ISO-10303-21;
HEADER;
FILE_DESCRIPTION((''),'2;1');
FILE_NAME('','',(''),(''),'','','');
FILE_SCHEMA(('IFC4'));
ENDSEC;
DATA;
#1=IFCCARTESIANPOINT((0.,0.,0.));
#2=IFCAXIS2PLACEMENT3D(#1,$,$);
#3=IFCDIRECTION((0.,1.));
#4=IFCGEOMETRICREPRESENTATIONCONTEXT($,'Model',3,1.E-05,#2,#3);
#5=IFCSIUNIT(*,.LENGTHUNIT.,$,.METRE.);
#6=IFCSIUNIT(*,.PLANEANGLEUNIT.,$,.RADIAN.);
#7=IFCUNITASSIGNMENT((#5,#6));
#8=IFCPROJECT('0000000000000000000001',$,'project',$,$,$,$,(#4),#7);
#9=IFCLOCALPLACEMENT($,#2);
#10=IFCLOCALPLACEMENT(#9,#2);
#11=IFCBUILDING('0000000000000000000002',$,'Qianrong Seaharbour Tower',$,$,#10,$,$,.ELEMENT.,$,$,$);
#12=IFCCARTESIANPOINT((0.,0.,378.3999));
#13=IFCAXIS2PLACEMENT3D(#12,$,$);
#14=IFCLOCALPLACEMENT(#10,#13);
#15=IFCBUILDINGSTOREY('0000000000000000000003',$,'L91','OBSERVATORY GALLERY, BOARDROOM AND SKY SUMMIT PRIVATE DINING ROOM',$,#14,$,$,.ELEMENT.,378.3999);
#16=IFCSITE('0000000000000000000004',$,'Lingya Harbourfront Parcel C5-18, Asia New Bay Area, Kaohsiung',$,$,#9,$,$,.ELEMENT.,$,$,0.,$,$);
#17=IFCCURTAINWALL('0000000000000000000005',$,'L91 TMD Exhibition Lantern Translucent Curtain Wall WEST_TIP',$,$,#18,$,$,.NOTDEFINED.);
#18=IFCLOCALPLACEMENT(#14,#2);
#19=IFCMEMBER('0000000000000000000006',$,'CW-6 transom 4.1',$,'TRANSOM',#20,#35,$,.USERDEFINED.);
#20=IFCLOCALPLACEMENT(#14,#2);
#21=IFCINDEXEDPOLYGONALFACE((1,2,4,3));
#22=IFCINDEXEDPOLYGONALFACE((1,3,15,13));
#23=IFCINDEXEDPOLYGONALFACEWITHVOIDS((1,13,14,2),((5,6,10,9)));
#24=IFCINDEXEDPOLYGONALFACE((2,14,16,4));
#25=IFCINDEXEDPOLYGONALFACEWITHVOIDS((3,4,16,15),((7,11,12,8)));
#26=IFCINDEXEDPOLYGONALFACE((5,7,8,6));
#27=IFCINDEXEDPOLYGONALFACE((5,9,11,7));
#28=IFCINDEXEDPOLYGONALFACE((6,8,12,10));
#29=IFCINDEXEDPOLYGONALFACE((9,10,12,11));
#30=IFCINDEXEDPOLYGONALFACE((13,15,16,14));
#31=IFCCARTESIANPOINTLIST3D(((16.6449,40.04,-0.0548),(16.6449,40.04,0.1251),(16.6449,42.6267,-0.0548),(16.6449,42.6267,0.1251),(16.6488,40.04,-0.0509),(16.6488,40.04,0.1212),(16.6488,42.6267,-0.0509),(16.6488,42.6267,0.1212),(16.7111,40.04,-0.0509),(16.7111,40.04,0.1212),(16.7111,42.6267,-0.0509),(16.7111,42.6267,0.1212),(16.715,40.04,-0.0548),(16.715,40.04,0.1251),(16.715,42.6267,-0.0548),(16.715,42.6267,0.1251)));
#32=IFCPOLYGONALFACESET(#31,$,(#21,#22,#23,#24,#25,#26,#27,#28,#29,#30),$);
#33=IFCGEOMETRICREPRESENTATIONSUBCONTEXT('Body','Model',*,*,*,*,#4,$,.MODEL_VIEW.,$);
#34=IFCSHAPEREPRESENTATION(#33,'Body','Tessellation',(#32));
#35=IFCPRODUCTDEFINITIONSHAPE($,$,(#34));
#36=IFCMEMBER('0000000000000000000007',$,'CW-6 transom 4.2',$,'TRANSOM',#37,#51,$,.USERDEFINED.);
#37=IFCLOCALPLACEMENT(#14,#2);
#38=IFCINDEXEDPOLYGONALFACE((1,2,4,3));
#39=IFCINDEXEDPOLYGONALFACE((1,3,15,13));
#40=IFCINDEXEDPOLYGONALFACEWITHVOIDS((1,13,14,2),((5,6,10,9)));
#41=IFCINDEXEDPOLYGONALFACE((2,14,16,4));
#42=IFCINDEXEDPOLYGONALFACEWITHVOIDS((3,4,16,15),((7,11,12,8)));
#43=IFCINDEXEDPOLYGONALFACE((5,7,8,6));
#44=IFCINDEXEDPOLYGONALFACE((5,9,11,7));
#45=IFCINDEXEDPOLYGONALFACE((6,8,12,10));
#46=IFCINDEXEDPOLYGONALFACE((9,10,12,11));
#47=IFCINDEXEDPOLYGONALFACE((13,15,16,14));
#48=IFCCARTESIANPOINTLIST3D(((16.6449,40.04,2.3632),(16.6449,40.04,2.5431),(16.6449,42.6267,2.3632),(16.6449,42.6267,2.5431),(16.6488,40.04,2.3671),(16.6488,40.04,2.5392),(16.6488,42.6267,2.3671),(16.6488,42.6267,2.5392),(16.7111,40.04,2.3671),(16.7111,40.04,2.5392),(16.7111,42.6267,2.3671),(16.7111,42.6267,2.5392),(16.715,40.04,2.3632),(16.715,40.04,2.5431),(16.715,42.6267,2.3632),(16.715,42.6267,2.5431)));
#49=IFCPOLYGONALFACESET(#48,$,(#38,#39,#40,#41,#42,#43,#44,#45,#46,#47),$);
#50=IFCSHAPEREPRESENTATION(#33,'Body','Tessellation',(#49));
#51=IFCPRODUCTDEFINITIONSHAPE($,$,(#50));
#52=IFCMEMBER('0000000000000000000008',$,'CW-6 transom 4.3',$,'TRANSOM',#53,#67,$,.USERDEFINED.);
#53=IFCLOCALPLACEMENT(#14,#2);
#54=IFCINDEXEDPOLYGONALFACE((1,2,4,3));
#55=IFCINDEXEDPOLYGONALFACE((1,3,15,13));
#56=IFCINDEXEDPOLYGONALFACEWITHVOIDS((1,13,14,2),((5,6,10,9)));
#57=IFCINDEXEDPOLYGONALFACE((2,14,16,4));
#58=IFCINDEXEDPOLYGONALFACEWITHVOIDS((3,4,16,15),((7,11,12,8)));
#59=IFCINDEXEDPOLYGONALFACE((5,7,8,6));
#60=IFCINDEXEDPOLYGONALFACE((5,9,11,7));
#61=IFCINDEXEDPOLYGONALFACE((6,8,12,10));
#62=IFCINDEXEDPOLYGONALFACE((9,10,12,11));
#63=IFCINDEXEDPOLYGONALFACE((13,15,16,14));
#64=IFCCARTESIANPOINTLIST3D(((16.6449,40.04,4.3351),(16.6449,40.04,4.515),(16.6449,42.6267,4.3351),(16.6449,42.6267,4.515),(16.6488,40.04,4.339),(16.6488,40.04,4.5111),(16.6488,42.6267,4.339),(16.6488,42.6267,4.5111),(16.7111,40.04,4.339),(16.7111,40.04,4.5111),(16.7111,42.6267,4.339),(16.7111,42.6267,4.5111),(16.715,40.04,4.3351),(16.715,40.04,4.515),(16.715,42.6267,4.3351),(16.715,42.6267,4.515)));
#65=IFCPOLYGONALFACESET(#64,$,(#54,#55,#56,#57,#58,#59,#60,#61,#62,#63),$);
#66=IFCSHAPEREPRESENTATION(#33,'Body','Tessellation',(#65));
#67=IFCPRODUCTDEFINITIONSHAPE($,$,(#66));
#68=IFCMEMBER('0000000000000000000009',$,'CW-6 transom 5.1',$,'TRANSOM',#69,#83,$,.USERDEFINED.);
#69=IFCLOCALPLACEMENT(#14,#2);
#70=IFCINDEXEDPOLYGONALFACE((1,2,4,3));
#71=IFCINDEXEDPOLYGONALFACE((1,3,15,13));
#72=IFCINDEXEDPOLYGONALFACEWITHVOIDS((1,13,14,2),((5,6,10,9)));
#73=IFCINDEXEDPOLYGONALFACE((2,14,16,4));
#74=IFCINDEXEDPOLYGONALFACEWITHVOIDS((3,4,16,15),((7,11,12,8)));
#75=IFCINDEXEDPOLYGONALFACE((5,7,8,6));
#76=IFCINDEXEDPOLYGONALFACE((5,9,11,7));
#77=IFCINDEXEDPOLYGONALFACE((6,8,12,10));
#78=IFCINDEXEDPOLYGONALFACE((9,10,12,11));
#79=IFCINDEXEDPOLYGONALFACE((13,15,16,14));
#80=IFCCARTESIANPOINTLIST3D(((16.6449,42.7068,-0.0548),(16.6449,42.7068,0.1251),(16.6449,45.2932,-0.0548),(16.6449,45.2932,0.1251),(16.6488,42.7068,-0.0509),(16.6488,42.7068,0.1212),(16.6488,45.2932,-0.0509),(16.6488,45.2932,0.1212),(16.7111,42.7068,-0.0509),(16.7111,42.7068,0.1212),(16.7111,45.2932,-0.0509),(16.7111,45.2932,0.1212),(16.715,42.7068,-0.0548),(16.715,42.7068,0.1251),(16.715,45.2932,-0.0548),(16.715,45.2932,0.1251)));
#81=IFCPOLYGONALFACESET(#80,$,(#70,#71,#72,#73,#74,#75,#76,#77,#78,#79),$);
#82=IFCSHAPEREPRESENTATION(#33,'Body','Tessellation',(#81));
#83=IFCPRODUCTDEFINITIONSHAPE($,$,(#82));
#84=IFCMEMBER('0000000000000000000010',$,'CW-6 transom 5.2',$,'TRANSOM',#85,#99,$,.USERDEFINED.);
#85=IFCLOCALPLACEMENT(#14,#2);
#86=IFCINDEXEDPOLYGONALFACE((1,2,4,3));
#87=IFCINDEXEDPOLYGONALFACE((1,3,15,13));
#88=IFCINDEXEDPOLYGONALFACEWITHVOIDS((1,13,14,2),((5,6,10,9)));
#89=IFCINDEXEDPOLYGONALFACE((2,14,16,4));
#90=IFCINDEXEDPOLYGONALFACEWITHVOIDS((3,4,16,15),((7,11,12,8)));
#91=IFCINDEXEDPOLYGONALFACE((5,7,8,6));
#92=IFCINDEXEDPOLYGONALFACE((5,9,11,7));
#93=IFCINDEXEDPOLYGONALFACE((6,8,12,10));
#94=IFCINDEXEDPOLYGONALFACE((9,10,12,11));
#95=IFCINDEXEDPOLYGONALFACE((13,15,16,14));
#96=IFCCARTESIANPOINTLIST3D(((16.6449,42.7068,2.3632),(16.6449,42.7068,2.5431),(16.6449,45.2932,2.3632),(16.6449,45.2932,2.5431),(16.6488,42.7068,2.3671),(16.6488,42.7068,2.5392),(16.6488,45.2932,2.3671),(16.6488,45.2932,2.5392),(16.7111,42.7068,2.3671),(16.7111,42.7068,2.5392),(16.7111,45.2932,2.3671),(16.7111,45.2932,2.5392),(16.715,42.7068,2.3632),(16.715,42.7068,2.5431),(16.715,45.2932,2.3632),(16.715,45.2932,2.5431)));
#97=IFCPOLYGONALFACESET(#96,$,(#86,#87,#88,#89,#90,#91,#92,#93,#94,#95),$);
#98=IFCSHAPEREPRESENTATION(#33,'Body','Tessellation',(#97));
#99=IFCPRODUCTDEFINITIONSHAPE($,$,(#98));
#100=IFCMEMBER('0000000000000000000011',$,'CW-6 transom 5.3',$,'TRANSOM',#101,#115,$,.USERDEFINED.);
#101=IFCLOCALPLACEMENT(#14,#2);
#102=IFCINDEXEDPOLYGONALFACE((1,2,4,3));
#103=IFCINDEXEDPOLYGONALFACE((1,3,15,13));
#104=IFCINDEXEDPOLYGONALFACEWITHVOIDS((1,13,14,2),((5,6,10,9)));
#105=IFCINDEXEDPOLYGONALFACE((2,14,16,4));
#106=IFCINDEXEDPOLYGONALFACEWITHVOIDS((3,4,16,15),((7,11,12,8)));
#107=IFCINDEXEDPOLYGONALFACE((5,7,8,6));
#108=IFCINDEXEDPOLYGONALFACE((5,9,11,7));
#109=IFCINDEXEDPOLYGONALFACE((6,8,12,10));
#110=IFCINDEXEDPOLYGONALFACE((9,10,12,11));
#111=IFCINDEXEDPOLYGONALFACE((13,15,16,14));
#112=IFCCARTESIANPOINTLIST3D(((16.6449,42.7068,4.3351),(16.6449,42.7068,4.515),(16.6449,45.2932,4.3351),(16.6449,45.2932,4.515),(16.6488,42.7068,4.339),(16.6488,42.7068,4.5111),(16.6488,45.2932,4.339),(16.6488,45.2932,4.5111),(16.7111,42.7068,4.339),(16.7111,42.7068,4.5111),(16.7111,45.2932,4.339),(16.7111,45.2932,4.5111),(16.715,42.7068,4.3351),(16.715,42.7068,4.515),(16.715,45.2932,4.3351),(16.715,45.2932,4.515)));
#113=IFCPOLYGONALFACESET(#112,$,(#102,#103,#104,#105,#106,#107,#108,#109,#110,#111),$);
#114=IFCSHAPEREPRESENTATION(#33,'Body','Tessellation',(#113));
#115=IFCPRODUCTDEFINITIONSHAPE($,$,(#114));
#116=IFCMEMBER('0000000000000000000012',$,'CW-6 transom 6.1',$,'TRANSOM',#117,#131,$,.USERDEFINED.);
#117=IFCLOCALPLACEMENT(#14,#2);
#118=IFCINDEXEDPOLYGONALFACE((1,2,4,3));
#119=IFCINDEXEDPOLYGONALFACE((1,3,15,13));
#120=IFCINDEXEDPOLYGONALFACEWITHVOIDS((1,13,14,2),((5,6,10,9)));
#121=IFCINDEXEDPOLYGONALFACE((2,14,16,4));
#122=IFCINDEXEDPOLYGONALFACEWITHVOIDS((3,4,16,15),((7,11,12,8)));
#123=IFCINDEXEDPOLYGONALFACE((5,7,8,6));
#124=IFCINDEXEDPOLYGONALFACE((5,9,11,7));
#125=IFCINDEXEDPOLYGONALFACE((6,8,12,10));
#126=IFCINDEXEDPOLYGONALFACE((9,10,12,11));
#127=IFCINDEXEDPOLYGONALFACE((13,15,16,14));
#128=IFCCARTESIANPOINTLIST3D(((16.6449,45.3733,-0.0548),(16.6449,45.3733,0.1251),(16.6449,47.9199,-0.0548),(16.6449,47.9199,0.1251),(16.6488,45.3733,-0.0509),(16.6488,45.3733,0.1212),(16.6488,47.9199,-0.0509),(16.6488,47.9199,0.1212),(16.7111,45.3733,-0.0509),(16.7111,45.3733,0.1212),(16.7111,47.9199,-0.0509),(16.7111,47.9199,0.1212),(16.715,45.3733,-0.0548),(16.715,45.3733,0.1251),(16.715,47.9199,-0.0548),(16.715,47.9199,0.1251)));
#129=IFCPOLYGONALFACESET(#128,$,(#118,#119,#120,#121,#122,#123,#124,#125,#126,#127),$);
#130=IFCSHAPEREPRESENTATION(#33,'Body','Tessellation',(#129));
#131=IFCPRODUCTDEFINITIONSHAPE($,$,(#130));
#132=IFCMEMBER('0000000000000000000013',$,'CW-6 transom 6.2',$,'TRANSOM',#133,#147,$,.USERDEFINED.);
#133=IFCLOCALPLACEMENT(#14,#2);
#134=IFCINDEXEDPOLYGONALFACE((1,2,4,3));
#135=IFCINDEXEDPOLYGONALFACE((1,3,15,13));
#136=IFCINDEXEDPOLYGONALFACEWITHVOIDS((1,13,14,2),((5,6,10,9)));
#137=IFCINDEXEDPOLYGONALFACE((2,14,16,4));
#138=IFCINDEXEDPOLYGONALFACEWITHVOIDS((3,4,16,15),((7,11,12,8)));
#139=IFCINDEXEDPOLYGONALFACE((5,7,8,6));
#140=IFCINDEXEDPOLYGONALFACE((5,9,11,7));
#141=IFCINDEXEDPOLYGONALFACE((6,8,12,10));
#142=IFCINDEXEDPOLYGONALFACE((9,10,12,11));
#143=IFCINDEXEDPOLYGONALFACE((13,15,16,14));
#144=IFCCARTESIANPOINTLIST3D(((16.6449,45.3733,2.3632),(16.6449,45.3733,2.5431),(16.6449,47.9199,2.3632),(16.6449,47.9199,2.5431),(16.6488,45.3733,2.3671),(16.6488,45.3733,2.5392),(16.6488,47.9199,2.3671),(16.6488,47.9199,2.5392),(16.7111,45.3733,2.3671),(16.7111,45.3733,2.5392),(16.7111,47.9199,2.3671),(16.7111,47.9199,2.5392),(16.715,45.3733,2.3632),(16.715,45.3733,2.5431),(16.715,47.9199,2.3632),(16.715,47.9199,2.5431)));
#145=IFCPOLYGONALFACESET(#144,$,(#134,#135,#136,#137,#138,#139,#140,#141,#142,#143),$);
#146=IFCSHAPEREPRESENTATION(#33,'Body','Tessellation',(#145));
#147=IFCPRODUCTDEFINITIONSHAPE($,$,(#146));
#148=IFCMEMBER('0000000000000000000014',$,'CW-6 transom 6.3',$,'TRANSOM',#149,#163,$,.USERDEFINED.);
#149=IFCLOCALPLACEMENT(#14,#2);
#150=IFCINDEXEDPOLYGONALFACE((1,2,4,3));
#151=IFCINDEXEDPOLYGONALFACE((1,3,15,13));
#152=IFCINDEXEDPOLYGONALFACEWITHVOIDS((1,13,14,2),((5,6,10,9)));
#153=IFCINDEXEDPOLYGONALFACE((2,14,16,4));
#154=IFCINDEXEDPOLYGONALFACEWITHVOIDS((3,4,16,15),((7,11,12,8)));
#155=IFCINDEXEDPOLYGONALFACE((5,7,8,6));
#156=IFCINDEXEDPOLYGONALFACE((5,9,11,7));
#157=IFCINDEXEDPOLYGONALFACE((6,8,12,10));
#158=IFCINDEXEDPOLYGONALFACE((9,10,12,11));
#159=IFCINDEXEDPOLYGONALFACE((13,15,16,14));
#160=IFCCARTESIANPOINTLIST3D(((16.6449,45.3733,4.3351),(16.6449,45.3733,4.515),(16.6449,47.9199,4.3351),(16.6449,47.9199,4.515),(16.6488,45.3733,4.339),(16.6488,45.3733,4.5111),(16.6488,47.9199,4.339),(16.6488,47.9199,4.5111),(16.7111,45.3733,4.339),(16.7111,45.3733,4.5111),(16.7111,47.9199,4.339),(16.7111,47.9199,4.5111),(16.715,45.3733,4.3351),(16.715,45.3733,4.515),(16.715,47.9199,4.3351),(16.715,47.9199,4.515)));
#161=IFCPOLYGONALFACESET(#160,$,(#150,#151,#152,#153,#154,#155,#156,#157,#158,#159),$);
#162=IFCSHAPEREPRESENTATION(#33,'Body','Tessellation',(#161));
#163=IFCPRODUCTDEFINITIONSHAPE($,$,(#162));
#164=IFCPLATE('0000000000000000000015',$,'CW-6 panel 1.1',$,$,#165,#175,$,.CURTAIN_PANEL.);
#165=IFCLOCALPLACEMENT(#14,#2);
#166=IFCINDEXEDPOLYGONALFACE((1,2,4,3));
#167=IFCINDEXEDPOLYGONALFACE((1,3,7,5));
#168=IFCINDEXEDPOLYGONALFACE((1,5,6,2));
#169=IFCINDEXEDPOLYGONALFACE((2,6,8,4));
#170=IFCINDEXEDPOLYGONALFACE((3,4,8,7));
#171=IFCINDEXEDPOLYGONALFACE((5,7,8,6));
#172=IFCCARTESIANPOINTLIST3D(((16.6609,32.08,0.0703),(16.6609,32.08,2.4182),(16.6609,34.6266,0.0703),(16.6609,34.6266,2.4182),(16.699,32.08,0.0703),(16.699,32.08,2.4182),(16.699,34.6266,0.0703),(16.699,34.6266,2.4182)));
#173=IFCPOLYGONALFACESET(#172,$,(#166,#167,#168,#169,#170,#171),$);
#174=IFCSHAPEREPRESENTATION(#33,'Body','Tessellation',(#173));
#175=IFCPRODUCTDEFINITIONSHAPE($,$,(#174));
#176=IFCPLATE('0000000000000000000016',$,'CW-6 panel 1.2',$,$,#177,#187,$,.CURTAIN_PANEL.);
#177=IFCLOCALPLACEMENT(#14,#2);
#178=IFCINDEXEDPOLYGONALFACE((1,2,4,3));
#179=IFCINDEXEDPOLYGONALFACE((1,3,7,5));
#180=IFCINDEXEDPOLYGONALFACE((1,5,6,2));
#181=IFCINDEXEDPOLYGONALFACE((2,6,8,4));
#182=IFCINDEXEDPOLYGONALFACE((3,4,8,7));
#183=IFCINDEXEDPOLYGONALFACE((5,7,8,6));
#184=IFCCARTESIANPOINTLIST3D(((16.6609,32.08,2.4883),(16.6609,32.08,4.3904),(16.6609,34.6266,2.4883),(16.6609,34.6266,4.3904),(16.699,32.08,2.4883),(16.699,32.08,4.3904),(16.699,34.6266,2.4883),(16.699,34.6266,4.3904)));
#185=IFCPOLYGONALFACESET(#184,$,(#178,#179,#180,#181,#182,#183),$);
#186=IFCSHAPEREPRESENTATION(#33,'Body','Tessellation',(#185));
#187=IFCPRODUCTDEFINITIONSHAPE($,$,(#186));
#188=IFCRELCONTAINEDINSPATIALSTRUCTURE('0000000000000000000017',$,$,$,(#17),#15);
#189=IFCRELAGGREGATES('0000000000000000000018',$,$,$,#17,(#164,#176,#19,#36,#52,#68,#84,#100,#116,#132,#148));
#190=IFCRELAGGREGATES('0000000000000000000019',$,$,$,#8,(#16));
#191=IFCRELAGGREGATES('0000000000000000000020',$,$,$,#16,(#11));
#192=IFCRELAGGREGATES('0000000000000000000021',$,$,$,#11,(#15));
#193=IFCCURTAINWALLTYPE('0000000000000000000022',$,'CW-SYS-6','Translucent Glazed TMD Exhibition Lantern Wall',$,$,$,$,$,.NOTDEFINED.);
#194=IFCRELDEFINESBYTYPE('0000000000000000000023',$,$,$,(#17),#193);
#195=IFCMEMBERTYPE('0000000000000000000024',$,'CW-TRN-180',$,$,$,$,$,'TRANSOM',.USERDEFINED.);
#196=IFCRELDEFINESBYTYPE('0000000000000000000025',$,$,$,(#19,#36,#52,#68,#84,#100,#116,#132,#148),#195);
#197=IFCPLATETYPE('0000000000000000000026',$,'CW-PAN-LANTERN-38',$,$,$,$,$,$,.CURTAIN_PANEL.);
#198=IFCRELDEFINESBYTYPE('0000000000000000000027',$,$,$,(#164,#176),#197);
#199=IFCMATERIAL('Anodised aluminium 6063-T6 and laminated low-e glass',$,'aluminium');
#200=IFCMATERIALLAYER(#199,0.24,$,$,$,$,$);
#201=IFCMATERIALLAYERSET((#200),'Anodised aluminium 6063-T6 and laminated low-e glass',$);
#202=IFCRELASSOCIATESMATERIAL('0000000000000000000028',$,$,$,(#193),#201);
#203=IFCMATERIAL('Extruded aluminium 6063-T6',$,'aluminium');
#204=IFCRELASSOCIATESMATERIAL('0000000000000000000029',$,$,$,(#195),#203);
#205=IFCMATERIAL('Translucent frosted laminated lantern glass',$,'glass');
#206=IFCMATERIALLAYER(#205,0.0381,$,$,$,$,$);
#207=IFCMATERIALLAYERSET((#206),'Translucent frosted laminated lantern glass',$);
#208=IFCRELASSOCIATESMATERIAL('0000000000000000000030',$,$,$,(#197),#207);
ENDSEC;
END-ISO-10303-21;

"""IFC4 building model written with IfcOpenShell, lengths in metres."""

from ifc_helpers import new_model, si_unit, direction, frame, origin, origin_2d, place, context, subcontext, project, spatial, rectangle, hollow_rectangle, extrude, material, layer, layer_set, material_profile, profile_set, type_object, element, aggregate, save


model = new_model("IFC4")

# Units and contexts
model_context = context("Model", 3, precision=1e-05, world=origin(), true_north=direction((0.0, 1.0)))
body_context = subcontext(model_context, "Body", "Model", "MODEL_VIEW")
ifc_project = project(units=[si_unit("LENGTHUNIT", "METRE"), si_unit("PLANEANGLEUNIT", "RADIAN")], contexts=[model_context])

# Site, building, storey
site_placement = place(None, origin())
site = spatial("IfcSite", under=ifc_project, at=site_placement, Name="Lingya Harbourfront Parcel C5-18, Asia New Bay Area, Kaohsiung", CompositionType="ELEMENT", RefElevation=0.0)
building_placement = place(site_placement, origin())
building = spatial("IfcBuilding", under=site, at=building_placement, Name="Qianrong Seaharbour Tower", CompositionType="ELEMENT")
storey_placement = place(building_placement, frame((0.0, 0.0, 378.3999)))
storey = spatial("IfcBuildingStorey", under=building, at=storey_placement, Name="L91", Description="OBSERVATORY GALLERY, BOARDROOM AND SKY SUMMIT PRIVATE DINING ROOM", CompositionType="ELEMENT", Elevation=378.3999)

# Curtain wall, members, plates
ifc_material_1 = material(Name="Anodised aluminium 6063-T6 and laminated low-e glass", Category="aluminium")
ifc_layer_1 = layer(ifc_material_1, 0.24)
ifc_layer_set_1 = layer_set([ifc_layer_1], Name="Anodised aluminium 6063-T6 and laminated low-e glass")
curtain_wall_type = type_object("IfcCurtainWallType", Name="CW-SYS-6", Description="Translucent Glazed TMD Exhibition Lantern Wall", PredefinedType="NOTDEFINED", material=ifc_layer_set_1)
curtain_wall_placement = place(storey_placement, origin())
curtain_wall = element("IfcCurtainWall", 1, at=curtain_wall_placement, inside=storey, type_object=curtain_wall_type, Name="L91 TMD Exhibition Lantern Translucent Curtain Wall WEST_TIP", PredefinedType="NOTDEFINED")
ifc_material_2 = material(Name="Extruded aluminium 6063-T6", Category="aluminium")
ifc_material_profile_1 = material_profile(ifc_material_2, hollow_rectangle(XDim=0.0701, YDim=0.1799, WallThickness=0.0039, at=origin_2d()), Name="ALU-TRN-180x70x4")
ifc_profile_set_1 = profile_set([ifc_material_profile_1], Name="Extruded aluminium 6063-T6")
member_type_1 = type_object("IfcMemberType", Name="CW-TRN-180", ElementType="TRANSOM", PredefinedType="USERDEFINED", material=ifc_profile_set_1)
member_1_placement = place(storey_placement, frame((16.6799, 40.04, 0.0352), z_axis=(0.0, 1.0, 0.0), x_axis=(-1.0, 0.0, 0.0)))
member_1 = element("IfcMember", 2, at=member_1_placement, type_object=member_type_1, Name="CW-6 transom 4.1", ObjectType="TRANSOM", PredefinedType="USERDEFINED", context=body_context, shape_type="SweptSolid", body=[
    extrude(hollow_rectangle(XDim=0.0701, YDim=0.1799, WallThickness=0.0039, at=origin_2d()), origin(), (0.0, 0.0, 1.0), 2.5867),
])
member_2_placement = place(storey_placement, frame((16.6799, 40.04, 2.4531), z_axis=(0.0, 1.0, 0.0), x_axis=(-1.0, 0.0, 0.0)))
member_2 = element("IfcMember", 3, at=member_2_placement, type_object=member_type_1, Name="CW-6 transom 4.2", ObjectType="TRANSOM", PredefinedType="USERDEFINED", context=body_context, shape_type="SweptSolid", body=[
    extrude(hollow_rectangle(XDim=0.0701, YDim=0.1799, WallThickness=0.0039, at=origin_2d()), origin(), (0.0, 0.0, 1.0), 2.5867),
])
member_3_placement = place(storey_placement, frame((16.6799, 40.04, 4.425), z_axis=(0.0, 1.0, 0.0), x_axis=(-1.0, 0.0, 0.0)))
member_3 = element("IfcMember", 4, at=member_3_placement, type_object=member_type_1, Name="CW-6 transom 4.3", ObjectType="TRANSOM", PredefinedType="USERDEFINED", context=body_context, shape_type="SweptSolid", body=[
    extrude(hollow_rectangle(XDim=0.0701, YDim=0.1799, WallThickness=0.0039, at=origin_2d()), origin(), (0.0, 0.0, 1.0), 2.5867),
])
member_4_placement = place(storey_placement, frame((16.6799, 42.7068, 0.0352), z_axis=(0.0, 1.0, 0.0), x_axis=(-1.0, 0.0, 0.0)))
member_4 = element("IfcMember", 5, at=member_4_placement, type_object=member_type_1, Name="CW-6 transom 5.1", ObjectType="TRANSOM", PredefinedType="USERDEFINED", context=body_context, shape_type="SweptSolid", body=[
    extrude(hollow_rectangle(XDim=0.0701, YDim=0.1799, WallThickness=0.0039, at=origin_2d()), origin(), (0.0, 0.0, 1.0), 2.5864),
])
member_5_placement = place(storey_placement, frame((16.6799, 42.7068, 2.4531), z_axis=(0.0, 1.0, 0.0), x_axis=(-1.0, 0.0, 0.0)))
member_5 = element("IfcMember", 6, at=member_5_placement, type_object=member_type_1, Name="CW-6 transom 5.2", ObjectType="TRANSOM", PredefinedType="USERDEFINED", context=body_context, shape_type="SweptSolid", body=[
    extrude(hollow_rectangle(XDim=0.0701, YDim=0.1799, WallThickness=0.0039, at=origin_2d()), origin(), (0.0, 0.0, 1.0), 2.5864),
])
member_6_placement = place(storey_placement, frame((16.6799, 42.7068, 4.425), z_axis=(0.0, 1.0, 0.0), x_axis=(-1.0, 0.0, 0.0)))
member_6 = element("IfcMember", 7, at=member_6_placement, type_object=member_type_1, Name="CW-6 transom 5.3", ObjectType="TRANSOM", PredefinedType="USERDEFINED", context=body_context, shape_type="SweptSolid", body=[
    extrude(hollow_rectangle(XDim=0.0701, YDim=0.1799, WallThickness=0.0039, at=origin_2d()), origin(), (0.0, 0.0, 1.0), 2.5864),
])
member_7_placement = place(storey_placement, frame((16.6799, 45.3733, 0.0352), z_axis=(0.0, 1.0, 0.0), x_axis=(-1.0, 0.0, 0.0)))
member_7 = element("IfcMember", 8, at=member_7_placement, type_object=member_type_1, Name="CW-6 transom 6.1", ObjectType="TRANSOM", PredefinedType="USERDEFINED", context=body_context, shape_type="SweptSolid", body=[
    extrude(hollow_rectangle(XDim=0.0701, YDim=0.1799, WallThickness=0.0039, at=origin_2d()), origin(), (0.0, 0.0, 1.0), 2.5466),
])
member_8_placement = place(storey_placement, frame((16.6799, 45.3733, 2.4531), z_axis=(0.0, 1.0, 0.0), x_axis=(-1.0, 0.0, 0.0)))
member_8 = element("IfcMember", 9, at=member_8_placement, type_object=member_type_1, Name="CW-6 transom 6.2", ObjectType="TRANSOM", PredefinedType="USERDEFINED", context=body_context, shape_type="SweptSolid", body=[
    extrude(hollow_rectangle(XDim=0.0701, YDim=0.1799, WallThickness=0.0039, at=origin_2d()), origin(), (0.0, 0.0, 1.0), 2.5466),
])
member_9_placement = place(storey_placement, frame((16.6799, 45.3733, 4.425), z_axis=(0.0, 1.0, 0.0), x_axis=(-1.0, 0.0, 0.0)))
member_9 = element("IfcMember", 10, at=member_9_placement, type_object=member_type_1, Name="CW-6 transom 6.3", ObjectType="TRANSOM", PredefinedType="USERDEFINED", context=body_context, shape_type="SweptSolid", body=[
    extrude(hollow_rectangle(XDim=0.0701, YDim=0.1799, WallThickness=0.0039, at=origin_2d()), origin(), (0.0, 0.0, 1.0), 2.5466),
])
ifc_material_3 = material(Name="Translucent frosted laminated lantern glass", Category="glass")
ifc_layer_2 = layer(ifc_material_3, 0.0381)
ifc_layer_set_2 = layer_set([ifc_layer_2], Name="Translucent frosted laminated lantern glass")
plate_type = type_object("IfcPlateType", Name="CW-PAN-LANTERN-38", PredefinedType="CURTAIN_PANEL", material=ifc_layer_set_2)
plate_1_placement = place(storey_placement, frame((16.6799, 33.3533, 0.0703), z_axis=(0.0, 0.0, 1.0), x_axis=(0.0, 1.0, 0.0)))
plate_1 = element("IfcPlate", 11, at=plate_1_placement, type_object=plate_type, Name="CW-6 panel 1.1", PredefinedType="CURTAIN_PANEL", context=body_context, shape_type="SweptSolid", body=[
    extrude(rectangle(XDim=2.5466, YDim=0.0381, at=origin_2d()), origin(), (0.0, 0.0, 1.0), 2.3479),
])
plate_2_placement = place(storey_placement, frame((16.6799, 33.3533, 2.4883), z_axis=(0.0, 0.0, 1.0), x_axis=(0.0, 1.0, 0.0)))
plate_2 = element("IfcPlate", 12, at=plate_2_placement, type_object=plate_type, Name="CW-6 panel 1.2", PredefinedType="CURTAIN_PANEL", context=body_context, shape_type="SweptSolid", body=[
    extrude(rectangle(XDim=2.5466, YDim=0.0381, at=origin_2d()), origin(), (0.0, 0.0, 1.0), 1.9021),
])
aggregate(curtain_wall, [plate_1, plate_2, member_1, member_2, member_3, member_4, member_5, member_6, member_7, member_8, member_9])

save(model, "model.ifc")
